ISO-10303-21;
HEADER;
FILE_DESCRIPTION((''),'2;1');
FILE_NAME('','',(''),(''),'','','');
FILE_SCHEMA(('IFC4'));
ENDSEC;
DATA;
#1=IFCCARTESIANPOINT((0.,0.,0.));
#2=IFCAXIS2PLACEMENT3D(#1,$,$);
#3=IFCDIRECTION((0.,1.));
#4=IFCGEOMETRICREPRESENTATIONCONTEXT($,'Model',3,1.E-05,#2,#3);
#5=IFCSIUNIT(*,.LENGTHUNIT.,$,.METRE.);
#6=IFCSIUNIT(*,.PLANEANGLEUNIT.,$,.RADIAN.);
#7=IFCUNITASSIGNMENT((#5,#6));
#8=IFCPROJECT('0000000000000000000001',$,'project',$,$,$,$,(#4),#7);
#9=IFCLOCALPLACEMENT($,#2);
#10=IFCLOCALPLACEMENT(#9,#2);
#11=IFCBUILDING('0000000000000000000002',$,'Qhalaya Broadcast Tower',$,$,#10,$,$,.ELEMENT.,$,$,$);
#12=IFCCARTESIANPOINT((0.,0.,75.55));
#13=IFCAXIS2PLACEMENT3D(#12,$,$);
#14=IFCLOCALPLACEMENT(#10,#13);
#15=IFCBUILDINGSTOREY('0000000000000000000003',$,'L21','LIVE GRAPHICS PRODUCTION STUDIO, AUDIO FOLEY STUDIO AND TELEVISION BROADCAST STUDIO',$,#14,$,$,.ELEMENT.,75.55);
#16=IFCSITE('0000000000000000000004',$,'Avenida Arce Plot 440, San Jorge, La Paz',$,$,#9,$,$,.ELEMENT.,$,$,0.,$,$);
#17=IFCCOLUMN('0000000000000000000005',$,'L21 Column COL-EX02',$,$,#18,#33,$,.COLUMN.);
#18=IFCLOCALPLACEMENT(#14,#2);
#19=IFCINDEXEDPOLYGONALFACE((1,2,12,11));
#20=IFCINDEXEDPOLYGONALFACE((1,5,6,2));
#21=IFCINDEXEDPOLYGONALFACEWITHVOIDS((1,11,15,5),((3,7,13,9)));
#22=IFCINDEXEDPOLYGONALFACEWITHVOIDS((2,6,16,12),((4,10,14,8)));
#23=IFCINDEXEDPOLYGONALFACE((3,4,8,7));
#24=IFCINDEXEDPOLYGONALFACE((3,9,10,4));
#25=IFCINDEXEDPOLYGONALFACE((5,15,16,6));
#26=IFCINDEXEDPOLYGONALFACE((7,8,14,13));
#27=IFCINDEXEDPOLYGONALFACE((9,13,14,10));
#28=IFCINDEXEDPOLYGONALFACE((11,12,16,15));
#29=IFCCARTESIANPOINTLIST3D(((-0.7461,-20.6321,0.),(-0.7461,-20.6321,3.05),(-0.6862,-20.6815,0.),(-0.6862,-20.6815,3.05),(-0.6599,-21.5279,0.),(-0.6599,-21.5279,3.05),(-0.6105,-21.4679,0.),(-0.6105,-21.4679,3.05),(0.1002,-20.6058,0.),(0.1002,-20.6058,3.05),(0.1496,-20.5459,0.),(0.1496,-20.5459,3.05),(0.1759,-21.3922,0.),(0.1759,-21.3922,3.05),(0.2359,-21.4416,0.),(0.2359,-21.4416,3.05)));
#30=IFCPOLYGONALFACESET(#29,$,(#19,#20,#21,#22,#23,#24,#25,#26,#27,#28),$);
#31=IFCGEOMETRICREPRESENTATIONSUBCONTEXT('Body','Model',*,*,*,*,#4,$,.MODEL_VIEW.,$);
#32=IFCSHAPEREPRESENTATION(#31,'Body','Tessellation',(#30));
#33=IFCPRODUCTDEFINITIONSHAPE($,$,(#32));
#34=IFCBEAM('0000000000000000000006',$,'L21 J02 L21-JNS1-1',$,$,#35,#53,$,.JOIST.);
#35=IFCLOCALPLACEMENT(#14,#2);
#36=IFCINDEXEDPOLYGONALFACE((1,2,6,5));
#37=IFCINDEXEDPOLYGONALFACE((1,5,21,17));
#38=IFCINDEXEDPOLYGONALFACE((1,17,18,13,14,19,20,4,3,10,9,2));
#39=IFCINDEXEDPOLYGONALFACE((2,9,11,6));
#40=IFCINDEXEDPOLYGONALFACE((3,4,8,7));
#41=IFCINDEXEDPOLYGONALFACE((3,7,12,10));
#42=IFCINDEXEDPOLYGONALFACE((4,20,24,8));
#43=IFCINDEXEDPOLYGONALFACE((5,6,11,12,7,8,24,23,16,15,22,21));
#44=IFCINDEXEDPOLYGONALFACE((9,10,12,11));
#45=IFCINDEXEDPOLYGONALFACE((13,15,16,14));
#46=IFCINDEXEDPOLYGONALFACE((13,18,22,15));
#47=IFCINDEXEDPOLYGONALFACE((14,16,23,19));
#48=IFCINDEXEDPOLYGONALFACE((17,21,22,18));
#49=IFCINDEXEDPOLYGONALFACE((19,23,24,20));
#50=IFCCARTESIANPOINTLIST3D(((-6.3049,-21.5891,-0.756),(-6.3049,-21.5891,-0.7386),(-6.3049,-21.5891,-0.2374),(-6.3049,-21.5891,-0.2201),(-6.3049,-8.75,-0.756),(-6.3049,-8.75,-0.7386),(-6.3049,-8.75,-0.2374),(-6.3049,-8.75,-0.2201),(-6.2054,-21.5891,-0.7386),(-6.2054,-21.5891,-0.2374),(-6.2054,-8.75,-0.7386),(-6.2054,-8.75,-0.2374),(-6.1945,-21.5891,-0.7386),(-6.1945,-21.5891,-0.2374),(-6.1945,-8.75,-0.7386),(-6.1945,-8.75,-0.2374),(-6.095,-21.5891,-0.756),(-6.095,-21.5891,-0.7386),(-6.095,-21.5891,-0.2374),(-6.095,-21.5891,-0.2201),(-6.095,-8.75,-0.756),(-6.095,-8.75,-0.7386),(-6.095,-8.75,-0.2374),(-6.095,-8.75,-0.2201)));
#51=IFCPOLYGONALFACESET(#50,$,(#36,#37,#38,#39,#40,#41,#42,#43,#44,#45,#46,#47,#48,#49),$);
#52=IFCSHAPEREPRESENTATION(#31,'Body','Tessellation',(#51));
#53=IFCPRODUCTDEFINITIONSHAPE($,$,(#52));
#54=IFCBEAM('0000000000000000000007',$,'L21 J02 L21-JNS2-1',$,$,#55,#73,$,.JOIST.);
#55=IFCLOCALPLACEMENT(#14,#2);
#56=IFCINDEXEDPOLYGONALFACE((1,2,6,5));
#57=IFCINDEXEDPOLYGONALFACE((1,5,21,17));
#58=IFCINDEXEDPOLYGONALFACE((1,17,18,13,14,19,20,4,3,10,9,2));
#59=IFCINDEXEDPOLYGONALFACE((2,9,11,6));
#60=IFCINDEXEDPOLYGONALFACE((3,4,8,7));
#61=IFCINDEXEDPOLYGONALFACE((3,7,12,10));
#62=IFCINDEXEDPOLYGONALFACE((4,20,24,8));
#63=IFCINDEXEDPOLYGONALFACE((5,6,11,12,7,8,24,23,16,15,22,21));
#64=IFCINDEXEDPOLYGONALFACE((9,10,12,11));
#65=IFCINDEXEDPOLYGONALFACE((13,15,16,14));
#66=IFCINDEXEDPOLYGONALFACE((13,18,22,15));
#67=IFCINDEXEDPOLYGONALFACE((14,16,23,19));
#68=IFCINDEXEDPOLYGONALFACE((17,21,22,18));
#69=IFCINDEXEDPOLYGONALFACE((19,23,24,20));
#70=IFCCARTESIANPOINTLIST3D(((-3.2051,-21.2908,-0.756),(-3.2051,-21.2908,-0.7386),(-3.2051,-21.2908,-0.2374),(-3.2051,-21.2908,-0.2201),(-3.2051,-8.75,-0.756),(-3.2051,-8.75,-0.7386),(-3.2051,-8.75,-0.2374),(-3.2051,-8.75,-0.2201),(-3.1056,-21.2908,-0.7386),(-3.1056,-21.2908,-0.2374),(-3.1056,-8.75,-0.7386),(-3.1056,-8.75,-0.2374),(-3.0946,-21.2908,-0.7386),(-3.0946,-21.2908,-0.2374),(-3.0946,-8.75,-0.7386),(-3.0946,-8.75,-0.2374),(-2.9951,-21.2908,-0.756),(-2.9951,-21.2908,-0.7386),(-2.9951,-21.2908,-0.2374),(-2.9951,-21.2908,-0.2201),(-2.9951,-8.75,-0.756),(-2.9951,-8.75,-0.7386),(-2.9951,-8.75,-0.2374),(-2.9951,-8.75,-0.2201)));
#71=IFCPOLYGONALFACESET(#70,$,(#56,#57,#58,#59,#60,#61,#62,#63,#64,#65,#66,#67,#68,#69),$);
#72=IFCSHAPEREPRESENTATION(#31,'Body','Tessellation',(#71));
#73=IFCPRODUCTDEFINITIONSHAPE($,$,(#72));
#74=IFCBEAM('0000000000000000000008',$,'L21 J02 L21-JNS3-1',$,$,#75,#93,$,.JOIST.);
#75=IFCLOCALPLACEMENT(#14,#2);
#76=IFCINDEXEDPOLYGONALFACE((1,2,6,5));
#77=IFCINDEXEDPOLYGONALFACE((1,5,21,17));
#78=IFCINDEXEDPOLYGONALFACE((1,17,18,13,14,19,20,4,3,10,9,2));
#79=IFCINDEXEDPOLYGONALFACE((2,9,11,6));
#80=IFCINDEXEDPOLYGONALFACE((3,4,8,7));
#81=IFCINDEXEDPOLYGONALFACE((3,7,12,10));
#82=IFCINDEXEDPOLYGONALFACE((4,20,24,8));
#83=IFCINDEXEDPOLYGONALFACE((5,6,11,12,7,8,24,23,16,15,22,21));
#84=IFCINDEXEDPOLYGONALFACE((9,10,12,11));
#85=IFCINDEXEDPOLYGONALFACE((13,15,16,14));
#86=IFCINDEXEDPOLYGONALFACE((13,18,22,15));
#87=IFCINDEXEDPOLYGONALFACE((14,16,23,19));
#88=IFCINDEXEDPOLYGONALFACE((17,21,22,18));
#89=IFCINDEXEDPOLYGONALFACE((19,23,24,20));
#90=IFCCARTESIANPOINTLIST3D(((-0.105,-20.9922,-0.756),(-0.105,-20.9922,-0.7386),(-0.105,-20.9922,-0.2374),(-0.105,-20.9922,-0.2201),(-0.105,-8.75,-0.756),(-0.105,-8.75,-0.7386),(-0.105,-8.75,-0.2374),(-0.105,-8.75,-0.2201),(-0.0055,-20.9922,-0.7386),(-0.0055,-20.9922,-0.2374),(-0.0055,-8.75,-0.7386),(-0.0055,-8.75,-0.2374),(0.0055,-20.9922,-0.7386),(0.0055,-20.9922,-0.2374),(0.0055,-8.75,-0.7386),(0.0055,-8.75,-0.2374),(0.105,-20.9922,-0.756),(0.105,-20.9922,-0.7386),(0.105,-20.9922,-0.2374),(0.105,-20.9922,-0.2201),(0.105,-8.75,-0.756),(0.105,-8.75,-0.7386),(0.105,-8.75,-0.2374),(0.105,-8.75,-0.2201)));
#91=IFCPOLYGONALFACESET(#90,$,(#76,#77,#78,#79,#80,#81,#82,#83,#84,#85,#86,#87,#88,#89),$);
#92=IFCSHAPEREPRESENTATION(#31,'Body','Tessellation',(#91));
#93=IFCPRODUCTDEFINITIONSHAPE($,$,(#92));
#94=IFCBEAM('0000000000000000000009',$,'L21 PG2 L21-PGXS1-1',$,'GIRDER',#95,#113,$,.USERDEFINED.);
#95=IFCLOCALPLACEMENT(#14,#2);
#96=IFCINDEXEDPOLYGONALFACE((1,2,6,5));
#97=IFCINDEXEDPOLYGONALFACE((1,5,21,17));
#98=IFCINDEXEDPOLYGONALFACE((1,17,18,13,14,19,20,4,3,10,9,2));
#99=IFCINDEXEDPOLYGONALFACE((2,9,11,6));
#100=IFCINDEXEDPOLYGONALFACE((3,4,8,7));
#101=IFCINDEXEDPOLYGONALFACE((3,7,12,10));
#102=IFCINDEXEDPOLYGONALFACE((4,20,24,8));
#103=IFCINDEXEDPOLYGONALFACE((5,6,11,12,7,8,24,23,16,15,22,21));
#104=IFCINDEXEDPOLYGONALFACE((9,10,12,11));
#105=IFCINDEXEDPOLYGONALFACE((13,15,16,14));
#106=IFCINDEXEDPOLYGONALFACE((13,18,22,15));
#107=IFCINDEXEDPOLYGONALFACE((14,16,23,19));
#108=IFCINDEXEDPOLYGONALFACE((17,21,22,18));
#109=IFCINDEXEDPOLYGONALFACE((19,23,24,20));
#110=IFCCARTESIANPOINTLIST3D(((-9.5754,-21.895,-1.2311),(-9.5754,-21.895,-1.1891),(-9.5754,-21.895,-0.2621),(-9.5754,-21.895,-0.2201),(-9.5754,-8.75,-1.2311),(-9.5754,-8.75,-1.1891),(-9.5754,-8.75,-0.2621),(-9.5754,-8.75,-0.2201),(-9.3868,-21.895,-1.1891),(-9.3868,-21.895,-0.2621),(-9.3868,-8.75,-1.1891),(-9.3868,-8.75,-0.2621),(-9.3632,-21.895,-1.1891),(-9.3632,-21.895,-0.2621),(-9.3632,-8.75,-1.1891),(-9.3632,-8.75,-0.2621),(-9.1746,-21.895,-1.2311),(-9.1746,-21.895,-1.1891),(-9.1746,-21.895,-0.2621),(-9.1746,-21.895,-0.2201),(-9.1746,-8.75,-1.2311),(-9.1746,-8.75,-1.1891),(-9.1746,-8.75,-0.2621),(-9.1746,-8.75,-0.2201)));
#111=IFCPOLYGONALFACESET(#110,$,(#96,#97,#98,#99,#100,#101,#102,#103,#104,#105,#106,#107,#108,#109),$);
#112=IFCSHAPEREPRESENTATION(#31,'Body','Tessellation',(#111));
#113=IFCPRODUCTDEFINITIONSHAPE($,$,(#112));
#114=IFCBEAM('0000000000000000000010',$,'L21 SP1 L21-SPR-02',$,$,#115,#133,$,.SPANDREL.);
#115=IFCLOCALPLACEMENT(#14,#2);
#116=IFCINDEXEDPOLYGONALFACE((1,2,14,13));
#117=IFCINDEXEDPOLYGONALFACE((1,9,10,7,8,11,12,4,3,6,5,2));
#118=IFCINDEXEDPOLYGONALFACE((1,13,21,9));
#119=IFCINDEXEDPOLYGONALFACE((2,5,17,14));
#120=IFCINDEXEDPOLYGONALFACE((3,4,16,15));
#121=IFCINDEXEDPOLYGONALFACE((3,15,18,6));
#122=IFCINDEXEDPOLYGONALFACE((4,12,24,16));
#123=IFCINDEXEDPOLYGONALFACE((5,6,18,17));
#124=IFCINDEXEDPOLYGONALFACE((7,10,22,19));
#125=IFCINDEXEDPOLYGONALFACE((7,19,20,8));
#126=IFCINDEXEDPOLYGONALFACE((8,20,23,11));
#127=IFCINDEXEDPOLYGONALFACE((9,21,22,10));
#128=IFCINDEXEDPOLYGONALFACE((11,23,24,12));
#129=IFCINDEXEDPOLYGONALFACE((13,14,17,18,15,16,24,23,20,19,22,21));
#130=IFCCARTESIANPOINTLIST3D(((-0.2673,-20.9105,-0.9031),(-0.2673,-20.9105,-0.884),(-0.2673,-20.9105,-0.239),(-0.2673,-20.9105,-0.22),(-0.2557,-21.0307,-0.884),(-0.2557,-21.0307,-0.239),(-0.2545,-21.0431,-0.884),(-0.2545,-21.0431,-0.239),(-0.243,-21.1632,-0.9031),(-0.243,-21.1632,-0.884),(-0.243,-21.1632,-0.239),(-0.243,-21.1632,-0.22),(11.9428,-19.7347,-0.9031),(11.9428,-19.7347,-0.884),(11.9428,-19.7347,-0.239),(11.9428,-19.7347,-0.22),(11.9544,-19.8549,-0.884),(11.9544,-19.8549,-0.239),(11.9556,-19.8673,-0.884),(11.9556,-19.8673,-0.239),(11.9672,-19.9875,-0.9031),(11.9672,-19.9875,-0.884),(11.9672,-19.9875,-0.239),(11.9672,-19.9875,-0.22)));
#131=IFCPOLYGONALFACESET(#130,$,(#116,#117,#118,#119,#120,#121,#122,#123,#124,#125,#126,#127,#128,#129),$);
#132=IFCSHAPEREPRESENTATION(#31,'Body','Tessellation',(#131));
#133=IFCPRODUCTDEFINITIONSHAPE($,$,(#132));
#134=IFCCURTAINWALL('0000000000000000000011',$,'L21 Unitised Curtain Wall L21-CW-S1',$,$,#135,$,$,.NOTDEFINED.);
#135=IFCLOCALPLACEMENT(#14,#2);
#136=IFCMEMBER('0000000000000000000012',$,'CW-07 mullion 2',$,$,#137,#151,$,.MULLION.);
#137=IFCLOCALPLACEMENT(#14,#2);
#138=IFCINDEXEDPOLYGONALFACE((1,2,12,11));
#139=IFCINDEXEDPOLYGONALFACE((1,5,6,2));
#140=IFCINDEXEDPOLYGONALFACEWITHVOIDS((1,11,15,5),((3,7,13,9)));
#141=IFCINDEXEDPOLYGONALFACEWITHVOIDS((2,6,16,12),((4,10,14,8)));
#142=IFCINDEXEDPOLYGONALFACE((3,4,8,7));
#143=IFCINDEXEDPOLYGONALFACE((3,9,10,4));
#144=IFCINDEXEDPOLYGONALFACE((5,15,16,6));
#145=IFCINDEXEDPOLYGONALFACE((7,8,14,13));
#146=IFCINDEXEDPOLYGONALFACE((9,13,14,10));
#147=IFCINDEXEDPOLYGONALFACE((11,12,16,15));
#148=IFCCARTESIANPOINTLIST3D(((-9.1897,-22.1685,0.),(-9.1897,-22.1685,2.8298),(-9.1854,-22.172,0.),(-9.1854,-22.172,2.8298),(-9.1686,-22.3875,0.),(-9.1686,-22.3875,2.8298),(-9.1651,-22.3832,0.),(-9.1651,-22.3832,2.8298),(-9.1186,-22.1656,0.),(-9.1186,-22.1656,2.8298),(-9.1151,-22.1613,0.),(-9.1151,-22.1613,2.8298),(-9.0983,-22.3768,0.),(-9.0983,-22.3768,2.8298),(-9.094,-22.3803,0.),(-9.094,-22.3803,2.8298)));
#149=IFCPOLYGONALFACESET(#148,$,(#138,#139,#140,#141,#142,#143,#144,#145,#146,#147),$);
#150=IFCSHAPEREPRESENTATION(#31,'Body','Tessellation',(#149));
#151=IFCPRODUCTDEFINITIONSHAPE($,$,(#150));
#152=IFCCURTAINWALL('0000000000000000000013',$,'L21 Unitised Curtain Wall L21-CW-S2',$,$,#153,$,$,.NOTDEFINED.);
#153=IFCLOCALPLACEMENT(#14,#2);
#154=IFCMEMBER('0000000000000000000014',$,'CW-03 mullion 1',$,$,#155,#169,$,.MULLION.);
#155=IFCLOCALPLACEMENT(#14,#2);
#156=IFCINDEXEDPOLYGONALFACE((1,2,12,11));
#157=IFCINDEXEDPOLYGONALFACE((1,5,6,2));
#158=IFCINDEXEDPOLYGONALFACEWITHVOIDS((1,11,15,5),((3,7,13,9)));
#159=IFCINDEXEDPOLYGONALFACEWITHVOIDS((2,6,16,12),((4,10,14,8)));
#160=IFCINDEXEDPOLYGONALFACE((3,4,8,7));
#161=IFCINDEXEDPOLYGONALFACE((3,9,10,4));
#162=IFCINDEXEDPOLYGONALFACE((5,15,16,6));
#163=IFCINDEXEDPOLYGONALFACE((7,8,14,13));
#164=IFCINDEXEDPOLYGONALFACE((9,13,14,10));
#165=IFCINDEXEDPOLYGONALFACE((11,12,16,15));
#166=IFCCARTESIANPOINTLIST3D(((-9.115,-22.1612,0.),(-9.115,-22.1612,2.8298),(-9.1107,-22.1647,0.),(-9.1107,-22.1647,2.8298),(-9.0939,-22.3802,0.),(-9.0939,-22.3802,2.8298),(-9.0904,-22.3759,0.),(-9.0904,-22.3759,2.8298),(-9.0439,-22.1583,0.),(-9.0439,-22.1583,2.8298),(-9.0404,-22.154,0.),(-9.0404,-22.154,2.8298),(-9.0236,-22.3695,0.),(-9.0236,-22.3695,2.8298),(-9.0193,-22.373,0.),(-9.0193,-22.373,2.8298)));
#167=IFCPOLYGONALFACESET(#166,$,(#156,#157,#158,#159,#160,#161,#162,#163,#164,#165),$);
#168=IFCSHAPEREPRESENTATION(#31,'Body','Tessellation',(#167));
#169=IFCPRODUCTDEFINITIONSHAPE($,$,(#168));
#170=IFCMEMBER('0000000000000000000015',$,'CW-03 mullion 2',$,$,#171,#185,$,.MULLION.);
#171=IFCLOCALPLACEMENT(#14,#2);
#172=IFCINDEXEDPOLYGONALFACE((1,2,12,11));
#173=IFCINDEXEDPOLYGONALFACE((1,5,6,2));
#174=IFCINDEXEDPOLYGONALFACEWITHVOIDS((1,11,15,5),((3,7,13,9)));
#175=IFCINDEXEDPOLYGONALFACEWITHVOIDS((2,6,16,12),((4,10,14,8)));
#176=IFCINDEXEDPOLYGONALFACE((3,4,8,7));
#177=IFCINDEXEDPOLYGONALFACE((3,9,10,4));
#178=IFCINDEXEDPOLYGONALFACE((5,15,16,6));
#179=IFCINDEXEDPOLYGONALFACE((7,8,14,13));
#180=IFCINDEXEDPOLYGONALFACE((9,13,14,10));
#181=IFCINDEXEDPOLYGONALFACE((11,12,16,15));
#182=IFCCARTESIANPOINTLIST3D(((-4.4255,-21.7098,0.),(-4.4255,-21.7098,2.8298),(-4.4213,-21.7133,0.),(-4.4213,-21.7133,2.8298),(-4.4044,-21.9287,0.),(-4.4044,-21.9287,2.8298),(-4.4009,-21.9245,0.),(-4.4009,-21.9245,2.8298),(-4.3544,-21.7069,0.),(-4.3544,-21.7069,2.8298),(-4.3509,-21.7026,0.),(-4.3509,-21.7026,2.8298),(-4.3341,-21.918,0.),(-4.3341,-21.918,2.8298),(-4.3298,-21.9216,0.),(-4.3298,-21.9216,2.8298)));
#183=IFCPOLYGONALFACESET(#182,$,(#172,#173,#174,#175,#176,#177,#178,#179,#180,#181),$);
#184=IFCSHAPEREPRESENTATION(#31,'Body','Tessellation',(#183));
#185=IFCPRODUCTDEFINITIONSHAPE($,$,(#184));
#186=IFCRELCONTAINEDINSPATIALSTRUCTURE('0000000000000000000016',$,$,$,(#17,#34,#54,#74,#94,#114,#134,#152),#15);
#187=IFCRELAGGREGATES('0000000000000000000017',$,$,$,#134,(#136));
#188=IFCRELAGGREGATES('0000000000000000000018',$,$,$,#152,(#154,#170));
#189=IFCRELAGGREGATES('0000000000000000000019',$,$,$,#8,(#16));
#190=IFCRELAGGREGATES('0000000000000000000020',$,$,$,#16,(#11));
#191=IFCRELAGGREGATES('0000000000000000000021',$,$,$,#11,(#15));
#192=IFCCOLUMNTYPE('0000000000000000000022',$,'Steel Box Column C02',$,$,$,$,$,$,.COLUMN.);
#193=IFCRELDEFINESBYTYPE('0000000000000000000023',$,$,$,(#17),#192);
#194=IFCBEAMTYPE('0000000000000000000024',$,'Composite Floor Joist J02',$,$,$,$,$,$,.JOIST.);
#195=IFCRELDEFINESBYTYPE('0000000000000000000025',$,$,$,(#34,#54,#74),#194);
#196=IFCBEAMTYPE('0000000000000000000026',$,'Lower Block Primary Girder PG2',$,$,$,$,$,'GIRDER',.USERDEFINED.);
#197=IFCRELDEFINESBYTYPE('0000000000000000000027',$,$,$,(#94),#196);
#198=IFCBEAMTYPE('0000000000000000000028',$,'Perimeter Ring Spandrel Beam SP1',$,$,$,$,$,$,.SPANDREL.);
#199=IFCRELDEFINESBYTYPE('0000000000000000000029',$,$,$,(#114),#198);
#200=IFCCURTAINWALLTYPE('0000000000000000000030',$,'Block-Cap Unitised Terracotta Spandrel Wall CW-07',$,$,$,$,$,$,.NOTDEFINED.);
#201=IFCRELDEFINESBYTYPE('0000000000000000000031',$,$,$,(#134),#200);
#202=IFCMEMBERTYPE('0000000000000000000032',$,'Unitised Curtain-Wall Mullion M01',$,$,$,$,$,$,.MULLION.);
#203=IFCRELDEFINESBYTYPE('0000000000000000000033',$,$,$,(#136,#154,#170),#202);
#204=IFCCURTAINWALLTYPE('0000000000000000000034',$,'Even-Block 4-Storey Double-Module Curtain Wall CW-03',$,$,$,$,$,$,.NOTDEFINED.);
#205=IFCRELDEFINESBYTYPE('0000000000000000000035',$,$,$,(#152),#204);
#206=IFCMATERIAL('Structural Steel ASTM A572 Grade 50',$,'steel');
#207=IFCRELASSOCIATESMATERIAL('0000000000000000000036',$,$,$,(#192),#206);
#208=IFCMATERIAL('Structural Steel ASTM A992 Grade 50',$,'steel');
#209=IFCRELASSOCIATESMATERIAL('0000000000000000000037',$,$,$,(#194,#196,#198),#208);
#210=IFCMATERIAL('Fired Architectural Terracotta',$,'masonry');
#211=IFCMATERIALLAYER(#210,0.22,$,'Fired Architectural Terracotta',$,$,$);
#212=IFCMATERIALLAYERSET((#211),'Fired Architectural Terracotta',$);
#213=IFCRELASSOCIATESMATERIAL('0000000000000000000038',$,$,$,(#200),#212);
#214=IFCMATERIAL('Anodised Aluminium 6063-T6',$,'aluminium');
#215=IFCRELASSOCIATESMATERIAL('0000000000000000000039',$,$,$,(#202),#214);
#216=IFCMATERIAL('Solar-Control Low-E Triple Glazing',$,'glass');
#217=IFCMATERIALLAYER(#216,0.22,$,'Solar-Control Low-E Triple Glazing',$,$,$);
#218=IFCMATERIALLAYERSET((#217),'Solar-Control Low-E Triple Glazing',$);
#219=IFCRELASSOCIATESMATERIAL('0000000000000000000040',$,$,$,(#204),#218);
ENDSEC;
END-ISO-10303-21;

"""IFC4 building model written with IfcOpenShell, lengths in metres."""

from ifc_helpers import new_model, si_unit, direction, frame, origin, origin_2d, place, context, subcontext, project, spatial, hollow_rectangle, i_section, extrude, material, layer, layer_set, material_profile, profile_set, type_object, element, aggregate, save


model = new_model("IFC4")

# Units and contexts
model_context = context("Model", 3, precision=1e-05, world=origin(), true_north=direction((0.0, 1.0)))
body_context = subcontext(model_context, "Body", "Model", "MODEL_VIEW")
ifc_project = project(units=[si_unit("LENGTHUNIT", "METRE"), si_unit("PLANEANGLEUNIT", "RADIAN")], contexts=[model_context])

# Site, building, storey
site_placement = place(None, origin())
site = spatial("IfcSite", under=ifc_project, at=site_placement, Name="Avenida Arce Plot 440, San Jorge, La Paz", CompositionType="ELEMENT", RefElevation=0.0)
building_placement = place(site_placement, origin())
building = spatial("IfcBuilding", under=site, at=building_placement, Name="Qhalaya Broadcast Tower", CompositionType="ELEMENT")
storey_placement = place(building_placement, frame((0.0, 0.0, 75.55)))
storey = spatial("IfcBuildingStorey", under=building, at=storey_placement, Name="L21", Description="LIVE GRAPHICS PRODUCTION STUDIO, AUDIO FOLEY STUDIO AND TELEVISION BROADCAST STUDIO", CompositionType="ELEMENT", Elevation=75.55)

# Column
ifc_material_1 = material(Name="Structural Steel ASTM A572 Grade 50", Category="steel")
ifc_material_profile_1 = material_profile(ifc_material_1, hollow_rectangle(XDim=0.8999, YDim=0.8999, WallThickness=0.0549, at=origin_2d()), Name="BOX 900x900x55")
ifc_profile_set_1 = profile_set([ifc_material_profile_1], Name="Structural Steel ASTM A572 Grade 50")
column_type = type_object("IfcColumnType", Name="Steel Box Column C02", PredefinedType="COLUMN", material=ifc_profile_set_1)
column_placement = place(storey_placement, frame((-0.2551, -21.0369, 0.0), z_axis=(0.0, 0.0, 1.0), x_axis=(0.995396, 0.095846, 0.0)))
element("IfcColumn", 1, at=column_placement, inside=storey, type_object=column_type, Name="L21 Column COL-EX02", PredefinedType="COLUMN", context=body_context, shape_type="SweptSolid", body=[
    extrude(hollow_rectangle(XDim=0.8999, YDim=0.8999, WallThickness=0.0549, at=origin_2d()), origin(), (0.0, 0.0, 1.0), 3.05),
])

# Beams
ifc_material_2 = material(Name="Structural Steel ASTM A992 Grade 50", Category="steel")
ifc_material_profile_2 = material_profile(ifc_material_2, i_section(OverallWidth=0.21, OverallDepth=0.5359, WebThickness=0.011, FlangeThickness=0.0173, at=origin_2d()), Name="W21X68")
ifc_profile_set_2 = profile_set([ifc_material_profile_2], Name="Structural Steel ASTM A992 Grade 50")
beam_type_1 = type_object("IfcBeamType", Name="Composite Floor Joist J02", PredefinedType="JOIST", material=ifc_profile_set_2)
beam_1_placement = place(storey_placement, frame((-6.2, -21.5891, -0.488), z_axis=(0.0, 1.0, 0.0), x_axis=(-1.0, 0.0, 0.0)))
element("IfcBeam", 2, at=beam_1_placement, inside=storey, type_object=beam_type_1, Name="L21 J02 L21-JNS1-1", PredefinedType="JOIST", context=body_context, shape_type="SweptSolid", body=[
    extrude(i_section(OverallWidth=0.21, OverallDepth=0.5359, WebThickness=0.011, FlangeThickness=0.0173, at=origin_2d()), origin(), (0.0, 0.0, 1.0), 12.8391),
])
beam_2_placement = place(storey_placement, frame((-3.1001, -21.2908, -0.488), z_axis=(0.0, 1.0, 0.0), x_axis=(-1.0, 0.0, 0.0)))
element("IfcBeam", 3, at=beam_2_placement, inside=storey, type_object=beam_type_1, Name="L21 J02 L21-JNS2-1", PredefinedType="JOIST", context=body_context, shape_type="SweptSolid", body=[
    extrude(i_section(OverallWidth=0.21, OverallDepth=0.5359, WebThickness=0.011, FlangeThickness=0.0173, at=origin_2d()), origin(), (0.0, 0.0, 1.0), 12.5408),
])
beam_3_placement = place(storey_placement, frame((0.0, -20.9922, -0.488), z_axis=(0.0, 1.0, 0.0), x_axis=(-1.0, 0.0, 0.0)))
element("IfcBeam", 4, at=beam_3_placement, inside=storey, type_object=beam_type_1, Name="L21 J02 L21-JNS3-1", PredefinedType="JOIST", context=body_context, shape_type="SweptSolid", body=[
    extrude(i_section(OverallWidth=0.21, OverallDepth=0.5359, WebThickness=0.011, FlangeThickness=0.0173, at=origin_2d()), origin(), (0.0, 0.0, 1.0), 12.2422),
])
ifc_material_profile_3 = material_profile(ifc_material_2, i_section(OverallWidth=0.4009, OverallDepth=1.011, WebThickness=0.0237, FlangeThickness=0.042, at=origin_2d()), Name="W40X297")
ifc_profile_set_3 = profile_set([ifc_material_profile_3], Name="Structural Steel ASTM A992 Grade 50")
beam_type_2 = type_object("IfcBeamType", Name="Lower Block Primary Girder PG2", ElementType="GIRDER", PredefinedType="USERDEFINED", material=ifc_profile_set_3)
beam_4_placement = place(storey_placement, frame((-9.375, -21.895, -0.7256), z_axis=(0.0, 1.0, 0.0), x_axis=(-1.0, 0.0, 0.0)))
element("IfcBeam", 5, at=beam_4_placement, inside=storey, type_object=beam_type_2, Name="L21 PG2 L21-PGXS1-1", ObjectType="GIRDER", PredefinedType="USERDEFINED", context=body_context, shape_type="SweptSolid", body=[
    extrude(i_section(OverallWidth=0.4009, OverallDepth=1.011, WebThickness=0.0237, FlangeThickness=0.042, at=origin_2d()), origin(), (0.0, 0.0, 1.0), 13.145),
])
ifc_material_profile_4 = material_profile(ifc_material_2, i_section(OverallWidth=0.2539, OverallDepth=0.6831, WebThickness=0.0125, FlangeThickness=0.019, at=origin_2d()), Name="W27X94")
ifc_profile_set_4 = profile_set([ifc_material_profile_4], Name="Structural Steel ASTM A992 Grade 50")
beam_type_3 = type_object("IfcBeamType", Name="Perimeter Ring Spandrel Beam SP1", PredefinedType="SPANDREL", material=ifc_profile_set_4)
beam_5_placement = place(storey_placement, frame((-0.2551, -21.0369, -0.5615), z_axis=(0.995396, 0.095852, 0.0), x_axis=(-0.095852, 0.995396, 0.0)))
element("IfcBeam", 6, at=beam_5_placement, inside=storey, type_object=beam_type_3, Name="L21 SP1 L21-SPR-02", PredefinedType="SPANDREL", context=body_context, shape_type="SweptSolid", body=[
    extrude(i_section(OverallWidth=0.2539, OverallDepth=0.6831, WebThickness=0.0125, FlangeThickness=0.019, at=origin_2d()), origin(), (0.0, 0.0, 1.0), 12.2666),
])

# Curtain wall, member
ifc_material_3 = material(Name="Fired Architectural Terracotta", Category="masonry")
ifc_layer_1 = layer(ifc_material_3, 0.22, Name="Fired Architectural Terracotta")
ifc_layer_set_1 = layer_set([ifc_layer_1], Name="Fired Architectural Terracotta")
curtain_wall_type_1 = type_object("IfcCurtainWallType", Name="Block-Cap Unitised Terracotta Spandrel Wall CW-07", PredefinedType="NOTDEFINED", material=ifc_layer_set_1)
curtain_wall_1_placement = place(storey_placement, origin())
curtain_wall_1 = element("IfcCurtainWall", 7, at=curtain_wall_1_placement, inside=storey, type_object=curtain_wall_type_1, Name="L21 Unitised Curtain Wall L21-CW-S1", PredefinedType="NOTDEFINED")
ifc_material_4 = material(Name="Anodised Aluminium 6063-T6", Category="aluminium")
ifc_material_profile_5 = material_profile(ifc_material_4, hollow_rectangle(XDim=0.075, YDim=0.22, WallThickness=0.0039, at=origin_2d()), Name="ALU-MUL 75x220x4")
ifc_profile_set_5 = profile_set([ifc_material_profile_5], Name="Anodised Aluminium 6063-T6")
member_type_1 = type_object("IfcMemberType", Name="Unitised Curtain-Wall Mullion M01", PredefinedType="MULLION", material=ifc_profile_set_5)
member_1_placement = place(storey_placement, frame((-9.1418, -22.2744, 0.0), z_axis=(0.0, 0.0, 1.0), x_axis=(0.995397, 0.095837, 0.0)))
member_1 = element("IfcMember", 8, at=member_1_placement, type_object=member_type_1, Name="CW-07 mullion 2", PredefinedType="MULLION", context=body_context, shape_type="SweptSolid", body=[
    extrude(hollow_rectangle(XDim=0.075, YDim=0.22, WallThickness=0.0039, at=origin_2d()), origin(), (0.0, 0.0, 1.0), 2.8298),
])

# Curtain wall, members
ifc_material_5 = material(Name="Solar-Control Low-E Triple Glazing", Category="glass")
ifc_layer_2 = layer(ifc_material_5, 0.22, Name="Solar-Control Low-E Triple Glazing")
ifc_layer_set_2 = layer_set([ifc_layer_2], Name="Solar-Control Low-E Triple Glazing")
curtain_wall_type_2 = type_object("IfcCurtainWallType", Name="Even-Block 4-Storey Double-Module Curtain Wall CW-03", PredefinedType="NOTDEFINED", material=ifc_layer_set_2)
curtain_wall_2_placement = place(storey_placement, origin())
curtain_wall_2 = element("IfcCurtainWall", 9, at=curtain_wall_2_placement, inside=storey, type_object=curtain_wall_type_2, Name="L21 Unitised Curtain Wall L21-CW-S2", PredefinedType="NOTDEFINED")
member_2_placement = place(storey_placement, frame((-9.0671, -22.2671, 0.0), z_axis=(0.0, 0.0, 1.0), x_axis=(0.995395, 0.095862, 0.0)))
member_2 = element("IfcMember", 10, at=member_2_placement, type_object=member_type_1, Name="CW-03 mullion 1", PredefinedType="MULLION", context=body_context, shape_type="SweptSolid", body=[
    extrude(hollow_rectangle(XDim=0.075, YDim=0.22, WallThickness=0.0039, at=origin_2d()), origin(), (0.0, 0.0, 1.0), 2.8298),
])
member_3_placement = place(storey_placement, frame((-4.3777, -21.8157, 0.0), z_axis=(0.0, 0.0, 1.0), x_axis=(0.995395, 0.095862, 0.0)))
member_3 = element("IfcMember", 11, at=member_3_placement, type_object=member_type_1, Name="CW-03 mullion 2", PredefinedType="MULLION", context=body_context, shape_type="SweptSolid", body=[
    extrude(hollow_rectangle(XDim=0.075, YDim=0.22, WallThickness=0.0039, at=origin_2d()), origin(), (0.0, 0.0, 1.0), 2.8298),
])

aggregate(curtain_wall_1, [member_1])
aggregate(curtain_wall_2, [member_2, member_3])

save(model, "model.ifc")
